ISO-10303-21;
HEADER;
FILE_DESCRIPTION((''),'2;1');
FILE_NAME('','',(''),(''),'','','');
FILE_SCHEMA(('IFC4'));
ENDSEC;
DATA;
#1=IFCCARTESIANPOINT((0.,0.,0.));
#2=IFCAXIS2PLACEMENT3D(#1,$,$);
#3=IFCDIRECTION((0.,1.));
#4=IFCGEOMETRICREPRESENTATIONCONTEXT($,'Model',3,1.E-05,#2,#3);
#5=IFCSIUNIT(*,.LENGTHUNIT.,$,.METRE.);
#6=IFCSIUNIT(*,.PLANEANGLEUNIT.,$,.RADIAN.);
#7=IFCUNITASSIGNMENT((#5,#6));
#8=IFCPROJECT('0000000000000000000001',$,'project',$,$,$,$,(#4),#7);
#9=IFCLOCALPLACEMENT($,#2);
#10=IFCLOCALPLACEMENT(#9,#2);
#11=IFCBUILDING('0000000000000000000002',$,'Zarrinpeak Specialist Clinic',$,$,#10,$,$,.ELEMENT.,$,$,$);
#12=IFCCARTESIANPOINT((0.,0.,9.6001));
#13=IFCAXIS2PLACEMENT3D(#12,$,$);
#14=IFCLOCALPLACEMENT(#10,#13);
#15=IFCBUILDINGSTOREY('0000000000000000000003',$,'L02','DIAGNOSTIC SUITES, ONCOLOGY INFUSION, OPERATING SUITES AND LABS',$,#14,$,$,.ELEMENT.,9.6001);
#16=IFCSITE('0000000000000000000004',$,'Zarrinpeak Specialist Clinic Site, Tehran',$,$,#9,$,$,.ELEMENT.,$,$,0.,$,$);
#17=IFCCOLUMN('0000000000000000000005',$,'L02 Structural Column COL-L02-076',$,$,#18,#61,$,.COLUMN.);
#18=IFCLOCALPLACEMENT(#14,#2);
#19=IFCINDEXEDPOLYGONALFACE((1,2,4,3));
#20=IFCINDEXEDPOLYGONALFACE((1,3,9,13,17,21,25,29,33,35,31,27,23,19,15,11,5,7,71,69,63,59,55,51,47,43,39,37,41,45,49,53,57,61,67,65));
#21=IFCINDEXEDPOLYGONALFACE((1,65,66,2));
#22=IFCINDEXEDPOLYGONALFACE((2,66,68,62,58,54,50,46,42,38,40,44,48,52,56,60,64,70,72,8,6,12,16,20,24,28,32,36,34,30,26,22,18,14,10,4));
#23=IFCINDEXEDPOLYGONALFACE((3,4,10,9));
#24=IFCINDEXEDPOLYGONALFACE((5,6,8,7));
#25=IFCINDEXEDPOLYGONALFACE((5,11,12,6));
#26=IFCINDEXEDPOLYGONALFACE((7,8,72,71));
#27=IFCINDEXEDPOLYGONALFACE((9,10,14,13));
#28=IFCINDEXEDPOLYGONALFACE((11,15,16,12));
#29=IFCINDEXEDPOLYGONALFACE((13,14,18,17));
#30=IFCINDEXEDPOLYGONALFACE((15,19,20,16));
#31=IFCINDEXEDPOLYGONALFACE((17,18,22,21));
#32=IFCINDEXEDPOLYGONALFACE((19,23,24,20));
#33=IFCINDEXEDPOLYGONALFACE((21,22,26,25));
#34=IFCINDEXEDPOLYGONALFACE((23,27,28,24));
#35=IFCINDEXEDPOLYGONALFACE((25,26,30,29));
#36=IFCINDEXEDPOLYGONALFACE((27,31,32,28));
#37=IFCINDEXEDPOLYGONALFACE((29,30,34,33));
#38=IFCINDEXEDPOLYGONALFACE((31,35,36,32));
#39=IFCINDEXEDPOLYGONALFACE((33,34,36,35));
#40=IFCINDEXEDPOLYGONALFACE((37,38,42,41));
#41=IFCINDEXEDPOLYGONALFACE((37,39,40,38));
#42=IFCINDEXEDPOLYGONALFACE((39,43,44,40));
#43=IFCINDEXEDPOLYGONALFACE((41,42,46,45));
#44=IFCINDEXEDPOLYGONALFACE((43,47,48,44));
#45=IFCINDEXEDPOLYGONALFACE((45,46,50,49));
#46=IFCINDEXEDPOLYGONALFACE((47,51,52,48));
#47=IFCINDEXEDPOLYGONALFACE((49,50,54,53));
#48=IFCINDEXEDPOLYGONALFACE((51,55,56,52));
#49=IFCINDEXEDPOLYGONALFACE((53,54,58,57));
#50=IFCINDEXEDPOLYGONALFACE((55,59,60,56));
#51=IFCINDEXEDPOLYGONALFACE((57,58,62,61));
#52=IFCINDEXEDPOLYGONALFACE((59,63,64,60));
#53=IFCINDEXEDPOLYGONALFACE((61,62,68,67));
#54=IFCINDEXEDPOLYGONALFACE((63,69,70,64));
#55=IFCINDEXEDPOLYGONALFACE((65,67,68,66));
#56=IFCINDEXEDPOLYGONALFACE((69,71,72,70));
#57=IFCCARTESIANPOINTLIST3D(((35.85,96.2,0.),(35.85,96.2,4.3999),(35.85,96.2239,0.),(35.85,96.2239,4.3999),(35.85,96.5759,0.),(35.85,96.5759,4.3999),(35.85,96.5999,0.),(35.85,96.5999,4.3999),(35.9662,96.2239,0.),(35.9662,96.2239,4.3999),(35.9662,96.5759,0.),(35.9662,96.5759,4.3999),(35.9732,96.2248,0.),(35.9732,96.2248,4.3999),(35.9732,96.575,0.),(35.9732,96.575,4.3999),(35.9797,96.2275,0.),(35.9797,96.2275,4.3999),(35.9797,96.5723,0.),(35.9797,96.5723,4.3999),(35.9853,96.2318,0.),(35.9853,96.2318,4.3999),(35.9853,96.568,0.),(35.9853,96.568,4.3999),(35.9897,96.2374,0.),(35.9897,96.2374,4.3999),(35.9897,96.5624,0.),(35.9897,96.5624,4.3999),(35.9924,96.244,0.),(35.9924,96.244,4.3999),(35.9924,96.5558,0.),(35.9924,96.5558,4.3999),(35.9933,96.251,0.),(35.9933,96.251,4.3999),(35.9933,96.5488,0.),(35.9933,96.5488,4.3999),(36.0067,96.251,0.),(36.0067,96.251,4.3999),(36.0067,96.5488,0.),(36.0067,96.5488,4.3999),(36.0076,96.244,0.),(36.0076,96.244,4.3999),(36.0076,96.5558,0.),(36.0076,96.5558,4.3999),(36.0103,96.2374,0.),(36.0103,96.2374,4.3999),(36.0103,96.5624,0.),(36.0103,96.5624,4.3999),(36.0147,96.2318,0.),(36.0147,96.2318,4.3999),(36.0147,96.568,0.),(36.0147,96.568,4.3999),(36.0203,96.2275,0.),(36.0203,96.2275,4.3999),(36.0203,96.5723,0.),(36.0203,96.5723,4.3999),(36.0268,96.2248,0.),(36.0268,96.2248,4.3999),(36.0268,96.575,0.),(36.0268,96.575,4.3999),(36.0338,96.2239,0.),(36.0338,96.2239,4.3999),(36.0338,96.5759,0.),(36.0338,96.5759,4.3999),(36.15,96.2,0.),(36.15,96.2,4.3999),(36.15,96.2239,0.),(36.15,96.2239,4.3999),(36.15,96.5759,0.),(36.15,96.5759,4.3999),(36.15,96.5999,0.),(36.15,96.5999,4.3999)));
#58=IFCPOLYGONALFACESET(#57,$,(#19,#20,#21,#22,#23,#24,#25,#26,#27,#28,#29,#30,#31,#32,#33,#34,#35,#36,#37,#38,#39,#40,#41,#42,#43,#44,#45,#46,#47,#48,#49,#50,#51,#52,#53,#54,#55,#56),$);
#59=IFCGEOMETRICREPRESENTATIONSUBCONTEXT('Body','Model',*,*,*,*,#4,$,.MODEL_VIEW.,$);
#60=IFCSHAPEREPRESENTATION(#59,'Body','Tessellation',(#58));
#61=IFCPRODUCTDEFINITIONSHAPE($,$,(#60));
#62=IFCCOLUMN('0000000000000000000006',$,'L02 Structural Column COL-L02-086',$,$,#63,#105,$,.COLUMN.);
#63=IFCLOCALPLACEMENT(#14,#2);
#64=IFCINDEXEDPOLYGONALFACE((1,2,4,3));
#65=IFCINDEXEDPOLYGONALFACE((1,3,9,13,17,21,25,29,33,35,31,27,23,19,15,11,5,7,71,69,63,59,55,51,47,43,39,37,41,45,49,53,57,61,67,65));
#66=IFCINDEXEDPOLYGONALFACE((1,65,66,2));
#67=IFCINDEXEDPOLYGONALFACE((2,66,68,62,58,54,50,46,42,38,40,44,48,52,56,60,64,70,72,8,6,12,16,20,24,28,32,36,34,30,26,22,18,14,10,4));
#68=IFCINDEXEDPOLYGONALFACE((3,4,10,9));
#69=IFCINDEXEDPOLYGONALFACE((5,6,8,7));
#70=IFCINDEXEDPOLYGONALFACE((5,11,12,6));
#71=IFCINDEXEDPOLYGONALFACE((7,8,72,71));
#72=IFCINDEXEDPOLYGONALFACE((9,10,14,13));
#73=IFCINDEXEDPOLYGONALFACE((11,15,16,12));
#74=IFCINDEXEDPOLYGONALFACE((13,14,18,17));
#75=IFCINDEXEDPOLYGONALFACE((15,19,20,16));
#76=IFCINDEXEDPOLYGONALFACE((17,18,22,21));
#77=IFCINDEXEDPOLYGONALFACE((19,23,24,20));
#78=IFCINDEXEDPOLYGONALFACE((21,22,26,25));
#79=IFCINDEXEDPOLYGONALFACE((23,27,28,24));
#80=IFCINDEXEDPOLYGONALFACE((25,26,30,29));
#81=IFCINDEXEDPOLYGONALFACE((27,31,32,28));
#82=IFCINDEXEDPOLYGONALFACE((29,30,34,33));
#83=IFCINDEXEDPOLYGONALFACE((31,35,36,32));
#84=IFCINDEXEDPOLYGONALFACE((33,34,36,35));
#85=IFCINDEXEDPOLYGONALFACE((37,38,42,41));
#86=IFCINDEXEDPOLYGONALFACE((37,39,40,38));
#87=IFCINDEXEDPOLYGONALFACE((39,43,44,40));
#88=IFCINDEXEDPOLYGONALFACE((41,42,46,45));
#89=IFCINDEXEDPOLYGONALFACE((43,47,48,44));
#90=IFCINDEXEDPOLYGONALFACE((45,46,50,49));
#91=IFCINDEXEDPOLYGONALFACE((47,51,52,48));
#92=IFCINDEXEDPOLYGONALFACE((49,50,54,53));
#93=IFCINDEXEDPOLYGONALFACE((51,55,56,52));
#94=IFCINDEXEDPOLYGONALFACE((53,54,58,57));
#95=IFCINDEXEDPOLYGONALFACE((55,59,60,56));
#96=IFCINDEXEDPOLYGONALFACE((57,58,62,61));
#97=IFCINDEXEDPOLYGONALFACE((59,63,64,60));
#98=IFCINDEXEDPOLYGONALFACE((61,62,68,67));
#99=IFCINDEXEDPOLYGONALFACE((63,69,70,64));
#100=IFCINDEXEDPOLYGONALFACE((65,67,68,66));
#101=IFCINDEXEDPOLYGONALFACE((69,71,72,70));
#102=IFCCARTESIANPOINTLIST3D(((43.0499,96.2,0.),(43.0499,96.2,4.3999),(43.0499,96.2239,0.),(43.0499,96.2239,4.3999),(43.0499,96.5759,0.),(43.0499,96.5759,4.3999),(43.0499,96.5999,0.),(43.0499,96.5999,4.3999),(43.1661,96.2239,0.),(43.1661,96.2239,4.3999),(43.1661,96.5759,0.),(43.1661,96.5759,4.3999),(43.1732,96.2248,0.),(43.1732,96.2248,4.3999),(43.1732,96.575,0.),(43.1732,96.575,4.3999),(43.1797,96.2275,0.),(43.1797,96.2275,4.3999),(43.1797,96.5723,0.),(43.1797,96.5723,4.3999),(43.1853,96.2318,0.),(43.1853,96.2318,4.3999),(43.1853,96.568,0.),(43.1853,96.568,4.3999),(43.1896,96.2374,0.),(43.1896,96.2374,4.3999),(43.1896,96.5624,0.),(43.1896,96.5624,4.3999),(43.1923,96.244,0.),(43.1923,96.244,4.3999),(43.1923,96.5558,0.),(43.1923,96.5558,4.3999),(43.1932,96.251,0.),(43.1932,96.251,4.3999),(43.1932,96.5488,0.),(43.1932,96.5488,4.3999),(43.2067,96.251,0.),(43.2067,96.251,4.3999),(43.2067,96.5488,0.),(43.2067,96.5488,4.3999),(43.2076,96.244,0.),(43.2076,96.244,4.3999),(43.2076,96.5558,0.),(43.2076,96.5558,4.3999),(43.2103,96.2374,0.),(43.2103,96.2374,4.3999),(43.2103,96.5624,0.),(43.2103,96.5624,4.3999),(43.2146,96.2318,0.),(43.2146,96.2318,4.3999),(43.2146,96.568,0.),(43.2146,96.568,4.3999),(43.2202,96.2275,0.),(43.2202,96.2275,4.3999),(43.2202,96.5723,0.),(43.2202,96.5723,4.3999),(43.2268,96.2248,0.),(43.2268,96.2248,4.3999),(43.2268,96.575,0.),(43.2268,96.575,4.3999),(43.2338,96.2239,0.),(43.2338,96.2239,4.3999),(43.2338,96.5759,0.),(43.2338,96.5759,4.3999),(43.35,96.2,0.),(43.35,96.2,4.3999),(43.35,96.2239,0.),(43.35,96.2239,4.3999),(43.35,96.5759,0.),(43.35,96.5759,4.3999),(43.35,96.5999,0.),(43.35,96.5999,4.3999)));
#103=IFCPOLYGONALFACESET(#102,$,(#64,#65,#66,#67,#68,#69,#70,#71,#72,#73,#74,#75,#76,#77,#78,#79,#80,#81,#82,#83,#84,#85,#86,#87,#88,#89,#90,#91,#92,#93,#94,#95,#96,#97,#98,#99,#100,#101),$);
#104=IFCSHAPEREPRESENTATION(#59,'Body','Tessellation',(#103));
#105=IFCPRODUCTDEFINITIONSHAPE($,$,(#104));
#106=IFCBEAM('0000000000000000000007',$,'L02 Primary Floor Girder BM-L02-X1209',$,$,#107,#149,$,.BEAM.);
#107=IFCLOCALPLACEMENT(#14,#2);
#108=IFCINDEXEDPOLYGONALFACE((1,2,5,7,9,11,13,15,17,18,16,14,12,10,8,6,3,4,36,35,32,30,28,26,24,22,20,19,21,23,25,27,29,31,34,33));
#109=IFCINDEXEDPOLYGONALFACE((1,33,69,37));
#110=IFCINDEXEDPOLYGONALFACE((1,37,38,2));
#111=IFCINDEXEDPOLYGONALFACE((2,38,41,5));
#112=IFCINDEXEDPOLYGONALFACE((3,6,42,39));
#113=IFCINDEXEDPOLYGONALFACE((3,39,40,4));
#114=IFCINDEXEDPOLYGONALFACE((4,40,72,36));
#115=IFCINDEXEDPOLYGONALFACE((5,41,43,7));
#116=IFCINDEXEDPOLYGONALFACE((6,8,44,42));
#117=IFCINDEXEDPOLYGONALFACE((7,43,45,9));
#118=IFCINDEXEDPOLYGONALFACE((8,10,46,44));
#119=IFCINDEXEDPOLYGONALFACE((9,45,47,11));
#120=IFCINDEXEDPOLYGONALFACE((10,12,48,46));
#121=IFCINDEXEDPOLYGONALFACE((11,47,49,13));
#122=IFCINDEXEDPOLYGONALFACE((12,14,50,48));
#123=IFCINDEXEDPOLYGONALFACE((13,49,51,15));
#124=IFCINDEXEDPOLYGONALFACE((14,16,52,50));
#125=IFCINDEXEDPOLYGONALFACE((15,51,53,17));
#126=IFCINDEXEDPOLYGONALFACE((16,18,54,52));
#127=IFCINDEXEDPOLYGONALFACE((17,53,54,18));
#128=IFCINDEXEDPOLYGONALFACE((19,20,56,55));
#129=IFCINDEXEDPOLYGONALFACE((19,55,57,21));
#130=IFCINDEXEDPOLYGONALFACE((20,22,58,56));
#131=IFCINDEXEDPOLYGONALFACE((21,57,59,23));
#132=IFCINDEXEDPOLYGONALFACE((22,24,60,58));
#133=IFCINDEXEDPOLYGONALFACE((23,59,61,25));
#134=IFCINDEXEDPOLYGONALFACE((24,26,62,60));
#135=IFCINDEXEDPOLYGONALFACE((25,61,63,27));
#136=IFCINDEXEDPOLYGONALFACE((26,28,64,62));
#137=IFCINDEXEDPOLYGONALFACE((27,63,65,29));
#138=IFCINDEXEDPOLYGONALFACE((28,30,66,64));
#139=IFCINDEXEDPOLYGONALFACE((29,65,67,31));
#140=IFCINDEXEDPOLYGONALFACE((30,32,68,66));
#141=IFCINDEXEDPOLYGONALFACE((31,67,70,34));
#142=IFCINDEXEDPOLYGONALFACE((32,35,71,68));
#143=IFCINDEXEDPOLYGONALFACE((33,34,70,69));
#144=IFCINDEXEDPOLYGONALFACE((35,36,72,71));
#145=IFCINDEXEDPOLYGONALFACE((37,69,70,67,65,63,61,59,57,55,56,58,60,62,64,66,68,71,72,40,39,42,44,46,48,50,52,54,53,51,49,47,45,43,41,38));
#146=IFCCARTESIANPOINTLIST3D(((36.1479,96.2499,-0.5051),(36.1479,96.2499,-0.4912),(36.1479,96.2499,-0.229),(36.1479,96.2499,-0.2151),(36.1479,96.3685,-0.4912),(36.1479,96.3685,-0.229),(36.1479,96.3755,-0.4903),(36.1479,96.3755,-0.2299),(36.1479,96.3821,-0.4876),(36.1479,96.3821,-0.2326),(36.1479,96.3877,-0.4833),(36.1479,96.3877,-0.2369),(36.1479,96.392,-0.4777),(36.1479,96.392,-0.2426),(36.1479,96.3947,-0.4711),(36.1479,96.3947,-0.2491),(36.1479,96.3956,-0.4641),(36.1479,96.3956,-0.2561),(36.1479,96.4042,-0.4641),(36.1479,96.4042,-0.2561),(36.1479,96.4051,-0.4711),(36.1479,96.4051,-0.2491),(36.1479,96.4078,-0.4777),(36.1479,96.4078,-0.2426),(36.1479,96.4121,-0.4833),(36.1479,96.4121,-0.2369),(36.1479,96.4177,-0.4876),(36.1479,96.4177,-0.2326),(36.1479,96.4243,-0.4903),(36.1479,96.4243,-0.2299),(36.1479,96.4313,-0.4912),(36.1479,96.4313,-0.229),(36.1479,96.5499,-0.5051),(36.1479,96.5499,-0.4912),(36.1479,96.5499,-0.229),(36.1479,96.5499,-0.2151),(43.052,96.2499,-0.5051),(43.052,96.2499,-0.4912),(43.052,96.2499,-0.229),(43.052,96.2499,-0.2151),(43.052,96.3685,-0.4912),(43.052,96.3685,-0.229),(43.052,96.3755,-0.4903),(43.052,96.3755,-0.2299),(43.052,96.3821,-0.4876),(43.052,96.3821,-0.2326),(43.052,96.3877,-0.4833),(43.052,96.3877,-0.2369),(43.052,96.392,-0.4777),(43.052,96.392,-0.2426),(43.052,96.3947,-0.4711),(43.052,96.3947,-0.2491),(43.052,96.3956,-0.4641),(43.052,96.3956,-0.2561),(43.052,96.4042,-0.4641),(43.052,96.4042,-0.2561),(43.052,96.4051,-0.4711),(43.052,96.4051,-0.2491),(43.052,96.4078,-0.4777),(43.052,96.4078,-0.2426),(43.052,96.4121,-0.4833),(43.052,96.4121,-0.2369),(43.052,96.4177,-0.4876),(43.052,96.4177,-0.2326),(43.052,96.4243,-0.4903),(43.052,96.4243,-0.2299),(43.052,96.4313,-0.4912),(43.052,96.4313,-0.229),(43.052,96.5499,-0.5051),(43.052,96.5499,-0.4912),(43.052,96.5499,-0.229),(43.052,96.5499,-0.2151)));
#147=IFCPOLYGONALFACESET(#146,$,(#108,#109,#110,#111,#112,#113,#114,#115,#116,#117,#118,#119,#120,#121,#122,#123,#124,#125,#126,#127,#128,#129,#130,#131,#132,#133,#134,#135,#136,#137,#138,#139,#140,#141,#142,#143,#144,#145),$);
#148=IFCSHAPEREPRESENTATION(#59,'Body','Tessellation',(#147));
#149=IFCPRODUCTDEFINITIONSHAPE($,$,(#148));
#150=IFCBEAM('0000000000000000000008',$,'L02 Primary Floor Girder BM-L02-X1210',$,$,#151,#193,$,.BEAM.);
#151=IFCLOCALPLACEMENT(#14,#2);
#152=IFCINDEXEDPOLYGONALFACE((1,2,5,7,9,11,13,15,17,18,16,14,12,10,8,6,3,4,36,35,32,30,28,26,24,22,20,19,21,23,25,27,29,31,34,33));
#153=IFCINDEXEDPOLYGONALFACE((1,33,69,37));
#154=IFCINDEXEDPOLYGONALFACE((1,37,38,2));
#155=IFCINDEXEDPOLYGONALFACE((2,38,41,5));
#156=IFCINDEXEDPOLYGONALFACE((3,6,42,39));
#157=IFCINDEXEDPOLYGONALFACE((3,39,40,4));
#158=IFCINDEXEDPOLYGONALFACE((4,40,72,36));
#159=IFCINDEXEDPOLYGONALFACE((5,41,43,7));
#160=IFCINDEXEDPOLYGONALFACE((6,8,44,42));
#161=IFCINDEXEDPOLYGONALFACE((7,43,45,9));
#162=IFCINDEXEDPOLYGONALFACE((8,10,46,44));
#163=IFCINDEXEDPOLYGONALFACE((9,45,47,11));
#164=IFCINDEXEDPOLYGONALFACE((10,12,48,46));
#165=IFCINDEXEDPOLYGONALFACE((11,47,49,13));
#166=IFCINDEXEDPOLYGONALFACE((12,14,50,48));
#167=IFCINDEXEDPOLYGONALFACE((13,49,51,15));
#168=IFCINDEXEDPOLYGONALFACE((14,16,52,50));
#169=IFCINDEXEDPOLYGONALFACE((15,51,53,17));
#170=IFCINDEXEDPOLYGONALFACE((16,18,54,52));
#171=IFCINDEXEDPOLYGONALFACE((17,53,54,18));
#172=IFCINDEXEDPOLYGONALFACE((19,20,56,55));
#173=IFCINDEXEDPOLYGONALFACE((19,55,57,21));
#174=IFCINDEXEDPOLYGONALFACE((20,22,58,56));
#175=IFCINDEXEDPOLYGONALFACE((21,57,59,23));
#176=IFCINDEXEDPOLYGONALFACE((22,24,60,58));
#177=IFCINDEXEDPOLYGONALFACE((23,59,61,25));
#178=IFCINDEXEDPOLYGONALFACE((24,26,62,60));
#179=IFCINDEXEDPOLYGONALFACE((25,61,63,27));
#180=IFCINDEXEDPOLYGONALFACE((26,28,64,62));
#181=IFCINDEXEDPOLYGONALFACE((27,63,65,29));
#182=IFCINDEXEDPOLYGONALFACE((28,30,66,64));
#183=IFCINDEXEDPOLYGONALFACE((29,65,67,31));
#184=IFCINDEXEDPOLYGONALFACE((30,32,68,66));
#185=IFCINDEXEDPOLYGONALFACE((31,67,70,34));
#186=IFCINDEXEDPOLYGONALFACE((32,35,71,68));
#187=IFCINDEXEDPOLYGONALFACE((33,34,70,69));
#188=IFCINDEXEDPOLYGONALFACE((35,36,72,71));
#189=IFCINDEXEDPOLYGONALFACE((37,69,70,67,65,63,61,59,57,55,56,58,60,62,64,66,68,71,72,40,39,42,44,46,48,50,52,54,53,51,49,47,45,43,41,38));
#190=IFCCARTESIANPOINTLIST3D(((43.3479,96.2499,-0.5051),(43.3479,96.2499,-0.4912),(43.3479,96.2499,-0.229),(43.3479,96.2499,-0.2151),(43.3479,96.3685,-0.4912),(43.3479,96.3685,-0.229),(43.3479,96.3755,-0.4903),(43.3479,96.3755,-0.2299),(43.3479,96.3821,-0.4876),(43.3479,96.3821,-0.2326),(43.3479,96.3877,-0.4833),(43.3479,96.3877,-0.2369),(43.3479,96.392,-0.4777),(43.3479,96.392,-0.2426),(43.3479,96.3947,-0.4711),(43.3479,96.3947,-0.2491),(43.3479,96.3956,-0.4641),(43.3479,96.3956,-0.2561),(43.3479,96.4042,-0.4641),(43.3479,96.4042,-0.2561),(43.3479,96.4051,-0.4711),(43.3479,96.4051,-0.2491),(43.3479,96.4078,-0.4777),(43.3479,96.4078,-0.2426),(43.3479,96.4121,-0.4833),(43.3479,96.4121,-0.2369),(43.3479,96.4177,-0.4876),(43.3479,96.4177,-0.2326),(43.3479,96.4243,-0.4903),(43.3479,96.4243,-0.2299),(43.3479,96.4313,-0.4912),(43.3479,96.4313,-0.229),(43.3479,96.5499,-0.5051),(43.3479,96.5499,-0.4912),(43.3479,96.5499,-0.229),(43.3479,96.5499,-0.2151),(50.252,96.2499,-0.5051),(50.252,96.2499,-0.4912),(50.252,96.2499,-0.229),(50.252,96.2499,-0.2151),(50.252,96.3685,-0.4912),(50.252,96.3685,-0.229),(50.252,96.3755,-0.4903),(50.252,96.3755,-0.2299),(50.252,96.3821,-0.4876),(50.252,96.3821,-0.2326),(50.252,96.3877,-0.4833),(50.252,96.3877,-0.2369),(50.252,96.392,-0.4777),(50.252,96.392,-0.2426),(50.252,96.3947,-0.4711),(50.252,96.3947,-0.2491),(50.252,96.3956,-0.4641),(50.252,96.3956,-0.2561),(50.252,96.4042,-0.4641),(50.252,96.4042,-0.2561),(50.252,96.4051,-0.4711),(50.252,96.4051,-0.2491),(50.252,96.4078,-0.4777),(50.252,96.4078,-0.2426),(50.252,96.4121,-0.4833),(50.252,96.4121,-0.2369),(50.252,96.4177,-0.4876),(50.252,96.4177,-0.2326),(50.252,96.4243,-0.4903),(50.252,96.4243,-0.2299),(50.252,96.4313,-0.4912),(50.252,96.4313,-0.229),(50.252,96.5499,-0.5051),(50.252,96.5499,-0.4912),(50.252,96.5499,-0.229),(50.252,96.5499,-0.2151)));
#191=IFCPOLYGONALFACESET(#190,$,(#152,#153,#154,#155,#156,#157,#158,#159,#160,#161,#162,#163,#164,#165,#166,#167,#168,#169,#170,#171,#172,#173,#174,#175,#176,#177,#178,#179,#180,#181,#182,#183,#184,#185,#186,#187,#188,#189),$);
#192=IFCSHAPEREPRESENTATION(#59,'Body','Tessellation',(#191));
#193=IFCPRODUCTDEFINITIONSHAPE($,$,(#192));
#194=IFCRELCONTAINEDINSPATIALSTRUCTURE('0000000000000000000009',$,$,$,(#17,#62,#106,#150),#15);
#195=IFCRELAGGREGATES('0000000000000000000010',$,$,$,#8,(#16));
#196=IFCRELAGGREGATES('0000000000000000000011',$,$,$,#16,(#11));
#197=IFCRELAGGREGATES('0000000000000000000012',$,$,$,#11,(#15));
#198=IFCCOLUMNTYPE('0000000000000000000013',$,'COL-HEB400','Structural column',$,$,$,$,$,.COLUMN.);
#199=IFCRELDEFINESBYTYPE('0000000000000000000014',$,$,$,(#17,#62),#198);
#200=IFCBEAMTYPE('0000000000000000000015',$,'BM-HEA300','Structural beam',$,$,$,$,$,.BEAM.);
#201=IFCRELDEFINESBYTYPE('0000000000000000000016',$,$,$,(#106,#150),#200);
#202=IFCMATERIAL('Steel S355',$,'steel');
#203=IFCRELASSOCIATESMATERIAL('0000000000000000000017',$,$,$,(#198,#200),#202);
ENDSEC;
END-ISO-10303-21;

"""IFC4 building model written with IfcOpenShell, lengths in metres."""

from ifc_helpers import new_model, si_unit, direction, frame, origin, origin_2d, place, context, subcontext, project, spatial, i_section, extrude, material, material_profile, profile_set, type_object, element, save


model = new_model("IFC4")

# Units and contexts
model_context = context("Model", 3, precision=1e-05, world=origin(), true_north=direction((0.0, 1.0)))
body_context = subcontext(model_context, "Body", "Model", "MODEL_VIEW")
ifc_project = project(units=[si_unit("LENGTHUNIT", "METRE"), si_unit("PLANEANGLEUNIT", "RADIAN")], contexts=[model_context])

# Site, building, storey
site_placement = place(None, origin())
site = spatial("IfcSite", under=ifc_project, at=site_placement, Name="Zarrinpeak Specialist Clinic Site, Tehran", CompositionType="ELEMENT", RefElevation=0.0)
building_placement = place(site_placement, origin())
building = spatial("IfcBuilding", under=site, at=building_placement, Name="Zarrinpeak Specialist Clinic", CompositionType="ELEMENT")
storey_placement = place(building_placement, frame((0.0, 0.0, 9.6001)))
storey = spatial("IfcBuildingStorey", under=building, at=storey_placement, Name="L02", Description="DIAGNOSTIC SUITES, ONCOLOGY INFUSION, OPERATING SUITES AND LABS", CompositionType="ELEMENT", Elevation=9.6001)

# Columns
ifc_material_1 = material(Name="Steel S355", Category="steel")
ifc_material_profile_1 = material_profile(ifc_material_1, i_section(OverallWidth=0.3, OverallDepth=0.3999, WebThickness=0.0134, FlangeThickness=0.0239, FilletRadius=0.0271, at=origin_2d()), Name="HEB 400")
ifc_profile_set_1 = profile_set([ifc_material_profile_1], Name="Steel S355")
column_type = type_object("IfcColumnType", Name="COL-HEB400", Description="Structural column", PredefinedType="COLUMN", material=ifc_profile_set_1)
for number, where, z_axis, x_axis, name in (
    (1, (36.0, 96.3999, 0.0), (0.0, 0.0, 1.0), (1.0, 0.0, 0.0), "L02 Structural Column COL-L02-076"),
    (2, (43.2, 96.3999, 0.0), (0.0, 0.0, 1.0), (1.0, 0.0, 0.0), "L02 Structural Column COL-L02-086"),
):
    element("IfcColumn", number, at=place(storey_placement, frame(where, z_axis=z_axis, x_axis=x_axis)), inside=storey, type_object=column_type, Name=name, PredefinedType="COLUMN", context=body_context, shape_type="SweptSolid", body=[
        extrude(i_section(OverallWidth=0.3, OverallDepth=0.3999, WebThickness=0.0134, FlangeThickness=0.0239, FilletRadius=0.0271, at=origin_2d()), origin(), (0.0, 0.0, 1.0), 4.3999),
    ])

# Beams
ifc_material_profile_2 = material_profile(ifc_material_1, i_section(OverallWidth=0.3, OverallDepth=0.29, WebThickness=0.0085, FlangeThickness=0.0139, FilletRadius=0.0271, at=origin_2d()), Name="HEA 300")
ifc_profile_set_2 = profile_set([ifc_material_profile_2], Name="Steel S355")
beam_type_1 = type_object("IfcBeamType", Name="BM-HEA300", Description="Structural beam", PredefinedType="BEAM", material=ifc_profile_set_2)
for number, where, z_axis, x_axis, name in (
    (3, (36.1479, 96.3999, -0.3601), (1.0, 0.0, 0.0), (0.0, 1.0, 0.0), "L02 Primary Floor Girder BM-L02-X1209"),
    (4, (43.3479, 96.3999, -0.3601), (1.0, 0.0, 0.0), (0.0, 1.0, 0.0), "L02 Primary Floor Girder BM-L02-X1210"),
):
    element("IfcBeam", number, at=place(storey_placement, frame(where, z_axis=z_axis, x_axis=x_axis)), inside=storey, type_object=beam_type_1, Name=name, PredefinedType="BEAM", context=body_context, shape_type="SweptSolid", body=[
        extrude(i_section(OverallWidth=0.3, OverallDepth=0.29, WebThickness=0.0085, FlangeThickness=0.0139, FilletRadius=0.0271, at=origin_2d()), origin(), (0.0, 0.0, 1.0), 6.9041),
    ])

save(model, "model.ifc")
